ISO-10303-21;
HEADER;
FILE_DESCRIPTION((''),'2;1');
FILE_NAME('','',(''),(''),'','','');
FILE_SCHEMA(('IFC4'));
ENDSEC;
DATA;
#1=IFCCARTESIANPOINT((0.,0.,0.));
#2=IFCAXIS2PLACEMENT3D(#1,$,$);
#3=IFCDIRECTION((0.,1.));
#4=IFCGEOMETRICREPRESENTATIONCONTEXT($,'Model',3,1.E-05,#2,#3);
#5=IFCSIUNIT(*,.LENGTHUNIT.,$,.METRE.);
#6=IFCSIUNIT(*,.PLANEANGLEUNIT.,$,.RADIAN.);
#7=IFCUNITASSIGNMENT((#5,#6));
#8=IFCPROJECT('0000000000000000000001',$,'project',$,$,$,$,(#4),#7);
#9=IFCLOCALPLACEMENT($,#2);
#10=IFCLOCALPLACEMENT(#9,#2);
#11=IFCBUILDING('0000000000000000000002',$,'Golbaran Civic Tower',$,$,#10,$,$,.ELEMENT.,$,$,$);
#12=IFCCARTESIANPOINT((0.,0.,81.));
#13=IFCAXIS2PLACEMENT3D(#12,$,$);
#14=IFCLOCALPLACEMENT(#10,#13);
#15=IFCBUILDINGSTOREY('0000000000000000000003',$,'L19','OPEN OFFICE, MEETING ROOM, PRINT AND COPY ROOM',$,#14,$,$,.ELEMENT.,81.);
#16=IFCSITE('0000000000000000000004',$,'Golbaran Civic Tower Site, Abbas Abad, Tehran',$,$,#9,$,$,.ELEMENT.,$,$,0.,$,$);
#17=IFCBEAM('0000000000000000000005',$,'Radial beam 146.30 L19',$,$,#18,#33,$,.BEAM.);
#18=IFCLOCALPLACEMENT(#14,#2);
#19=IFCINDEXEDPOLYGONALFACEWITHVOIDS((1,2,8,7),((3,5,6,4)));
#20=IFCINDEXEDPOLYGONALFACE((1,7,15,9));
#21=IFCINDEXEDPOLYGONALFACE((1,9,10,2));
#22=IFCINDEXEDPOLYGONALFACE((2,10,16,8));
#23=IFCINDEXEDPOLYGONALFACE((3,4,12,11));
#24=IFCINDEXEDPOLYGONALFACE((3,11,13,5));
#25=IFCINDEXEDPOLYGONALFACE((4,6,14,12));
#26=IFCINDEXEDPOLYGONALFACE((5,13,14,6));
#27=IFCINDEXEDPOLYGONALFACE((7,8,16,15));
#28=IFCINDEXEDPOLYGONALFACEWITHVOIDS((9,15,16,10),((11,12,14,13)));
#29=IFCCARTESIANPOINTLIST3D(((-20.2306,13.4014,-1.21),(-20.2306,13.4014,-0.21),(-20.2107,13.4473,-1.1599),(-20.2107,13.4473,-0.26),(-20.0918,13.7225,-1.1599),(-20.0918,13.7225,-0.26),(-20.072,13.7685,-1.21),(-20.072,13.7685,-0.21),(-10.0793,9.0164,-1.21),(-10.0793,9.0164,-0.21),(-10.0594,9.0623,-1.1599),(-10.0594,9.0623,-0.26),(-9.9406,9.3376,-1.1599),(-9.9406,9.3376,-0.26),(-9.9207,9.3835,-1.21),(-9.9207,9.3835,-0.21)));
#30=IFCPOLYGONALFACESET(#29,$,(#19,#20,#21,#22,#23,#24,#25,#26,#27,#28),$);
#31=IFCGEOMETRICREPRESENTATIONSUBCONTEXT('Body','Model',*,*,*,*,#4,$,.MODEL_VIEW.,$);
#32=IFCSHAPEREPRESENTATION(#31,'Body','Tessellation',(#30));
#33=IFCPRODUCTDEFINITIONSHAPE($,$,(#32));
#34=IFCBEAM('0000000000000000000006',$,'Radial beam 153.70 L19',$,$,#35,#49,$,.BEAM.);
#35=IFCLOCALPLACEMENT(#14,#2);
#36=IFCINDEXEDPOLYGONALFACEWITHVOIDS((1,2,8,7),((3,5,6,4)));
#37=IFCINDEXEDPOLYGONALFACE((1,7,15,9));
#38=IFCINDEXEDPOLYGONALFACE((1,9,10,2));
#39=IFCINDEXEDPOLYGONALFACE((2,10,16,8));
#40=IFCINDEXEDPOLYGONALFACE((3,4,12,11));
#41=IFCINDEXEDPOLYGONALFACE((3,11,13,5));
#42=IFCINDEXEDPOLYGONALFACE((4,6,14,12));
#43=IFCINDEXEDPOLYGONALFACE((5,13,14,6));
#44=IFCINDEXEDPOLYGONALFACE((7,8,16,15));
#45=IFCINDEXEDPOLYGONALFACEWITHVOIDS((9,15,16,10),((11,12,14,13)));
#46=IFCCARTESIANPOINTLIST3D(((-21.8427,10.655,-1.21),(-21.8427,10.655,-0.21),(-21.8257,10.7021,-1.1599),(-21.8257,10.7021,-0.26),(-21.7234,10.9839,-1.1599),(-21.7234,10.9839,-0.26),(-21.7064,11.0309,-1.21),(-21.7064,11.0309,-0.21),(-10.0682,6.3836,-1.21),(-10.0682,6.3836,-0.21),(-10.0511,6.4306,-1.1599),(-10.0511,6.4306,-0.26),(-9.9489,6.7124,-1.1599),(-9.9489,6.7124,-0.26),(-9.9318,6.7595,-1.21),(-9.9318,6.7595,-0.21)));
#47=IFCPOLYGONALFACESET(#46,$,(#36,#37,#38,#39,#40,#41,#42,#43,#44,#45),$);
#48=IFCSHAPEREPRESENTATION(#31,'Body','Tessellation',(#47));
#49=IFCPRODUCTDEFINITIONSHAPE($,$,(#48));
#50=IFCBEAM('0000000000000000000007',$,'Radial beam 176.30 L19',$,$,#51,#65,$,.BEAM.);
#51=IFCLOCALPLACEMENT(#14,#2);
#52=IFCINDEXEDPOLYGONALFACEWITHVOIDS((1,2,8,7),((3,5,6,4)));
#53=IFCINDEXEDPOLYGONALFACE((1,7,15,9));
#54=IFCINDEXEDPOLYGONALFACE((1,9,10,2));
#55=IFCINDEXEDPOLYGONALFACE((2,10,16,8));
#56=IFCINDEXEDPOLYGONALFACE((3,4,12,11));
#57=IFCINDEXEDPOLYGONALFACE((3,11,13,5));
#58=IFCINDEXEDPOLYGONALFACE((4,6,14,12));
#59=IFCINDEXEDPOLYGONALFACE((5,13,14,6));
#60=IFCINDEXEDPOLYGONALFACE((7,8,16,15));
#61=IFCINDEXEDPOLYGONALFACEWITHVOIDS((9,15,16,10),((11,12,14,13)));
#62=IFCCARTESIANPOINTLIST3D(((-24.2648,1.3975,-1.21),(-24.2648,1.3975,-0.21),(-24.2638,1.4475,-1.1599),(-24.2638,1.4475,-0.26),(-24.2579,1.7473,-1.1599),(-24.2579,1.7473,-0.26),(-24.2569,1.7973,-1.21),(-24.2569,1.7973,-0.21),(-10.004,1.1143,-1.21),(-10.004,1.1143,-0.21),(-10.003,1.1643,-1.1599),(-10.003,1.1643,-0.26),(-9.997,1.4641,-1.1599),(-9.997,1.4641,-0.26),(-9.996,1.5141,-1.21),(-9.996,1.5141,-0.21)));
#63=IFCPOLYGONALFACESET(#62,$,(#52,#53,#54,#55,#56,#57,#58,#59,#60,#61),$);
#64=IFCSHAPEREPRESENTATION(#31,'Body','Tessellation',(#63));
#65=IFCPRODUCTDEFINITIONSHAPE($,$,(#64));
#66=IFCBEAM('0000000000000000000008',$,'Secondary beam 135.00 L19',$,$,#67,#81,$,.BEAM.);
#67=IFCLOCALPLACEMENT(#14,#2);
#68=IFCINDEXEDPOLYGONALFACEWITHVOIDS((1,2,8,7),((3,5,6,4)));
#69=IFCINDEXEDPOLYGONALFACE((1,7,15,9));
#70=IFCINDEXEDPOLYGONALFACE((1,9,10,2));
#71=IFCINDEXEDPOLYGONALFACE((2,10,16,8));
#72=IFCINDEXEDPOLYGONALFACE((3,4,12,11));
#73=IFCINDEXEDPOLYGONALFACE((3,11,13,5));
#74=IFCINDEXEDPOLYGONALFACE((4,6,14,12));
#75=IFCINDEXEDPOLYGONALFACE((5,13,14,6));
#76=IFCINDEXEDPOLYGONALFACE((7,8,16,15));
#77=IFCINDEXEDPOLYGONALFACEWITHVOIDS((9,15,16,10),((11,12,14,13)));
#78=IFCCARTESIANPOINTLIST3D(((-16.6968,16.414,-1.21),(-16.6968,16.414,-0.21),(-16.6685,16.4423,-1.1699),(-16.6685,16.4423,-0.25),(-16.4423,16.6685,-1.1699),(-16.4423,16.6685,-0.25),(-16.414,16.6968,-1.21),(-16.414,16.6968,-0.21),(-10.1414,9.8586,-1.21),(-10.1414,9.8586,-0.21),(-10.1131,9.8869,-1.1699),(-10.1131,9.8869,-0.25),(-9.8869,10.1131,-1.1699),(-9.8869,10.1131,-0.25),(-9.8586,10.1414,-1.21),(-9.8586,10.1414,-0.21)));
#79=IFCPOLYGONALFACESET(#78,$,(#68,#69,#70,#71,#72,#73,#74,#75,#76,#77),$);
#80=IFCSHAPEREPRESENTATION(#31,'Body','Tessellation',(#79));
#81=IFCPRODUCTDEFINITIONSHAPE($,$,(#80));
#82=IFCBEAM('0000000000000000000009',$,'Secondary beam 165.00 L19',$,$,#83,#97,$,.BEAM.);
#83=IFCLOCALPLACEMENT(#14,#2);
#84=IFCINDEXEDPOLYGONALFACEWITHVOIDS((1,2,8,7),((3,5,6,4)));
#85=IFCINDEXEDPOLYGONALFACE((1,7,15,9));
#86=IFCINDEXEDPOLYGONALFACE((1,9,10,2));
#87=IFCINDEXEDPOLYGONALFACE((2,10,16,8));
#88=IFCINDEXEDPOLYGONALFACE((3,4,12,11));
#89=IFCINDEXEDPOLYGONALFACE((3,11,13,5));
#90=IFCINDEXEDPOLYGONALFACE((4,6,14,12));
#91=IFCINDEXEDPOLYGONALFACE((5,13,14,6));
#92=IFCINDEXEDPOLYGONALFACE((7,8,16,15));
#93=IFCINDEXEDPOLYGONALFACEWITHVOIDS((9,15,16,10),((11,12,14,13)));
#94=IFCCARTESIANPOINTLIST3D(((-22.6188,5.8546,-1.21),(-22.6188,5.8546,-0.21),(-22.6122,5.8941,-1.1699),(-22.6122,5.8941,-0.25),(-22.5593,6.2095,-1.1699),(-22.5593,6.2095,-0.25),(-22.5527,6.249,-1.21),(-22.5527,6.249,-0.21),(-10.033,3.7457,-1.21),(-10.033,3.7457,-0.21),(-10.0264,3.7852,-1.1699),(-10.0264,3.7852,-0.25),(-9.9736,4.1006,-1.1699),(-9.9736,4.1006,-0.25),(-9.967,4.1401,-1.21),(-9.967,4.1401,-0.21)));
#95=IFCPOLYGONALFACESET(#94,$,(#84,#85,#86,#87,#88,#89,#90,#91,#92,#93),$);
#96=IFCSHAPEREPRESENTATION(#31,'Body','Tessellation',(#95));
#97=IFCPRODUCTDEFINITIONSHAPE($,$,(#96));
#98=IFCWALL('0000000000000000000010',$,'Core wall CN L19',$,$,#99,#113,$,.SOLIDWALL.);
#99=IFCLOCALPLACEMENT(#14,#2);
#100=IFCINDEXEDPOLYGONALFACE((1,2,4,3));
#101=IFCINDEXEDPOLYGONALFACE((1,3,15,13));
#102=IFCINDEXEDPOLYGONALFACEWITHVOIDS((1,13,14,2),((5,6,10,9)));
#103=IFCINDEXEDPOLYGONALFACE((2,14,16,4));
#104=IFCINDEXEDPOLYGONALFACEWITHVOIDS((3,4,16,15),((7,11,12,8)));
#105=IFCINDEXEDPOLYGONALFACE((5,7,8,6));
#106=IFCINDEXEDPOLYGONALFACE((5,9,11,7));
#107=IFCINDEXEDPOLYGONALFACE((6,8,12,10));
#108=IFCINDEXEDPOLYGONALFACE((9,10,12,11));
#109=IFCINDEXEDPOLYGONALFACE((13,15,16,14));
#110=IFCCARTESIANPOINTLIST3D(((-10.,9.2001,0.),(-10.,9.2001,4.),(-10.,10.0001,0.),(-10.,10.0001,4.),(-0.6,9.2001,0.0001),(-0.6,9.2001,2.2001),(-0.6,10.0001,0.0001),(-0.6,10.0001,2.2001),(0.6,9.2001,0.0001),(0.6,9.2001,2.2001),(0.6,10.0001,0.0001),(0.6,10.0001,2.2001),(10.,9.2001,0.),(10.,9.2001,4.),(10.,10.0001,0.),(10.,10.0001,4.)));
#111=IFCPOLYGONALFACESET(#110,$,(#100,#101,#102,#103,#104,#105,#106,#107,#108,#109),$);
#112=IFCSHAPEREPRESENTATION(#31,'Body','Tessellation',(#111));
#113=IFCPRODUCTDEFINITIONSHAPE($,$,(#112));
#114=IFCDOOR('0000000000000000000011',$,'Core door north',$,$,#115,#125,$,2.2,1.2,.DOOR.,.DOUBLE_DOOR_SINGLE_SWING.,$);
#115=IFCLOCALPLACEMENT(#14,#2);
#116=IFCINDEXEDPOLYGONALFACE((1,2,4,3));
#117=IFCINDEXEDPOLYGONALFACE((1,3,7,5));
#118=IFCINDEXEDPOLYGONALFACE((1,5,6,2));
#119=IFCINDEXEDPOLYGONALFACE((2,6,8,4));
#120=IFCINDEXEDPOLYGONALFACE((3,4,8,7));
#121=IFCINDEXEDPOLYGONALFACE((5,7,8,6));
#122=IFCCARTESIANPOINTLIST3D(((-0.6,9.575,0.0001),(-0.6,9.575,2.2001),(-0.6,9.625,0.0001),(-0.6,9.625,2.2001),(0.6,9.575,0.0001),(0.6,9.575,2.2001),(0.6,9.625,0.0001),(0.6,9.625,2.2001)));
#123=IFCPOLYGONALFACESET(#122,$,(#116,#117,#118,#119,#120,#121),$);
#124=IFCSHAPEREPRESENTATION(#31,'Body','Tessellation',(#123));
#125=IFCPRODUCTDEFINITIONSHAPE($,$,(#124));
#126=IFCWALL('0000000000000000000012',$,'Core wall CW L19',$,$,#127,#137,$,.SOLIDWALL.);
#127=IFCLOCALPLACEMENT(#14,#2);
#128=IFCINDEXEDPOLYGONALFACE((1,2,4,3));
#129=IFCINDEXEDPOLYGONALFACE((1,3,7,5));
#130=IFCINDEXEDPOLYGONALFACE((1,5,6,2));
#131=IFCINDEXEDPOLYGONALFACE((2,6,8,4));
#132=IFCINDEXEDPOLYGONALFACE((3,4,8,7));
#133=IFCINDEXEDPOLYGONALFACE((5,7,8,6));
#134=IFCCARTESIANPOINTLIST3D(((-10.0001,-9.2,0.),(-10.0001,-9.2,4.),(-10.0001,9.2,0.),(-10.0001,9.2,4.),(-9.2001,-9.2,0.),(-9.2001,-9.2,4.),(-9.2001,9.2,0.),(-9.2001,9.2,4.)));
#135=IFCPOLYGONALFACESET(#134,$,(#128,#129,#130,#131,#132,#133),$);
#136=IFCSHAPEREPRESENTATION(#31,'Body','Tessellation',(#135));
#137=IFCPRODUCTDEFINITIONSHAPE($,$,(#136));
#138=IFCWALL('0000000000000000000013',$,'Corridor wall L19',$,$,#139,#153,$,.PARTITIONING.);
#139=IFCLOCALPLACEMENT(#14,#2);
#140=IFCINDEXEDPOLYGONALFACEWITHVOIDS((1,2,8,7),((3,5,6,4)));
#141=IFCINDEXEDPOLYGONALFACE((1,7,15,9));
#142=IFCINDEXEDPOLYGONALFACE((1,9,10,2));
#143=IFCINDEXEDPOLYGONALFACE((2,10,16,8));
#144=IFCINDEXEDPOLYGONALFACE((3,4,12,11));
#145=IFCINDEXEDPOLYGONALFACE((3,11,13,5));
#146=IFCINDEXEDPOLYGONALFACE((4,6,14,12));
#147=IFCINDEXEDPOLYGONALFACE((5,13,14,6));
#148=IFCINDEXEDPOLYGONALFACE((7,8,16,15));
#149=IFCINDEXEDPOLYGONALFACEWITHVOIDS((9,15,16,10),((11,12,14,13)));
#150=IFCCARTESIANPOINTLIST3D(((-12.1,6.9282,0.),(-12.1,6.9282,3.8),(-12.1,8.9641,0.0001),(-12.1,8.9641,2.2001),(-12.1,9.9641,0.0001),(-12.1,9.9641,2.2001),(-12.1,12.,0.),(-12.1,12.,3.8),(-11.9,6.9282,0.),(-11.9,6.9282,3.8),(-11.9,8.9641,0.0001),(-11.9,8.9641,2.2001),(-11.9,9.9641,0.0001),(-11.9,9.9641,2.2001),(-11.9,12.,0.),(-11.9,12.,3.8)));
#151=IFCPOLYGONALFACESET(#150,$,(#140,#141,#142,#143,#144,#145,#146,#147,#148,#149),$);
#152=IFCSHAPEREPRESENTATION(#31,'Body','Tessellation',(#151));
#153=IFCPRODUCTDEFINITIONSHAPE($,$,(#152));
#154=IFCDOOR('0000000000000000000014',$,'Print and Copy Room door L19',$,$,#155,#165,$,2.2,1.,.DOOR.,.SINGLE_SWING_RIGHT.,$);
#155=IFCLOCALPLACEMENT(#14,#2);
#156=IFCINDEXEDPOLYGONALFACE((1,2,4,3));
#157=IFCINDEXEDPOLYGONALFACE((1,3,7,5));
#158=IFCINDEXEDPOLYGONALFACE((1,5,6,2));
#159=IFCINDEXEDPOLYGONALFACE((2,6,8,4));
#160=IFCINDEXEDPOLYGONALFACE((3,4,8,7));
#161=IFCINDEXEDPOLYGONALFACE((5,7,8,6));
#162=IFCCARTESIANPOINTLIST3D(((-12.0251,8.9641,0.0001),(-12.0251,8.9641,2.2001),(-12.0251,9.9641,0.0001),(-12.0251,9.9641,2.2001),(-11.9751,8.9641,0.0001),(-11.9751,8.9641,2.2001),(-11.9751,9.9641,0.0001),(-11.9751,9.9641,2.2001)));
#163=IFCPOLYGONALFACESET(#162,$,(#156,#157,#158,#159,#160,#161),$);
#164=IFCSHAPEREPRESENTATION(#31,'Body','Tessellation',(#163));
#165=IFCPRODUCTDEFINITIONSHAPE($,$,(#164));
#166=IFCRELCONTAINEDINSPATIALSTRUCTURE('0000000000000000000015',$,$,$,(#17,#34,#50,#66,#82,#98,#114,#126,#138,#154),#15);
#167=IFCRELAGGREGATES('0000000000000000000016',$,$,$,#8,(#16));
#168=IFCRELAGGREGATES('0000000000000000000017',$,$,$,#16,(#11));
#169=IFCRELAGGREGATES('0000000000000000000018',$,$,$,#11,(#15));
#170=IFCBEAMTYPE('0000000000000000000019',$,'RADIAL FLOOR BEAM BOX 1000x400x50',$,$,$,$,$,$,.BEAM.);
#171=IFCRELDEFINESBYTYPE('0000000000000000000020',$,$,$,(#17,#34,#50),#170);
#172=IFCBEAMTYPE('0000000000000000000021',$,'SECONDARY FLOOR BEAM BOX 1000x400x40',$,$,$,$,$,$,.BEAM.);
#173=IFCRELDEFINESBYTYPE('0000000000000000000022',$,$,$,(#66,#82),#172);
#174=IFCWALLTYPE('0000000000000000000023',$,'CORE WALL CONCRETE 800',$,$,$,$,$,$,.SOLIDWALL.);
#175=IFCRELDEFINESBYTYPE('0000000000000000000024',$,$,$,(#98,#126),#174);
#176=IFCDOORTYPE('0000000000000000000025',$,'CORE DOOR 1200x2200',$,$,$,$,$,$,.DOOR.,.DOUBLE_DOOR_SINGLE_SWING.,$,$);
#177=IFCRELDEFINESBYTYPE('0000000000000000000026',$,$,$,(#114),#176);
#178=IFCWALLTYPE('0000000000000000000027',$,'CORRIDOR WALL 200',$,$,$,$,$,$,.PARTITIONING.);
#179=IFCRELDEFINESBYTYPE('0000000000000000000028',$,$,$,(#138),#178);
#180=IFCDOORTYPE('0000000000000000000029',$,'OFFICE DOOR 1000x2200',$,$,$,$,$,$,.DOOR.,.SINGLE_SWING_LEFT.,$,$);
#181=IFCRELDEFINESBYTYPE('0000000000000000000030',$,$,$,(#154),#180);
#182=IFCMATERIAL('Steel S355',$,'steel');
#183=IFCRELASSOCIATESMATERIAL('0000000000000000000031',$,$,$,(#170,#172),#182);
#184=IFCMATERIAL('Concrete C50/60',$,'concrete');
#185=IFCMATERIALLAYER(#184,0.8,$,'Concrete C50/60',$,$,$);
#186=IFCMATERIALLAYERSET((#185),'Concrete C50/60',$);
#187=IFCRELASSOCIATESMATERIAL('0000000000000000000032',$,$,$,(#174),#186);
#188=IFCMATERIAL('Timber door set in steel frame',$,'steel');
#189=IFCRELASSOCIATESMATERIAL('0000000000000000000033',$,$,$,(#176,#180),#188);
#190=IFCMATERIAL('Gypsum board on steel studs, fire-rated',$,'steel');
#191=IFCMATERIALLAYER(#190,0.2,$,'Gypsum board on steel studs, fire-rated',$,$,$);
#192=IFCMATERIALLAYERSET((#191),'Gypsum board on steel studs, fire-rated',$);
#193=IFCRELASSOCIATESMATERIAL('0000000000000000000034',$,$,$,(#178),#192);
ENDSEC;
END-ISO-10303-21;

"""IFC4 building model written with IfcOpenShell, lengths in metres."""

from ifc_helpers import new_model, si_unit, direction, frame, frame_2d, origin, origin_2d, place, context, subcontext, project, spatial, rectangle, hollow_rectangle, extrude, material, layer, layer_set, material_profile, profile_set, type_object, element, fill, save


model = new_model("IFC4")

# Units and contexts
model_context = context("Model", 3, precision=1e-05, world=origin(), true_north=direction((0.0, 1.0)))
body_context = subcontext(model_context, "Body", "Model", "MODEL_VIEW")
ifc_project = project(units=[si_unit("LENGTHUNIT", "METRE"), si_unit("PLANEANGLEUNIT", "RADIAN")], contexts=[model_context])

# Site, building, storey
site_placement = place(None, origin())
site = spatial("IfcSite", under=ifc_project, at=site_placement, Name="Golbaran Civic Tower Site, Abbas Abad, Tehran", CompositionType="ELEMENT", RefElevation=0.0)
building_placement = place(site_placement, origin())
building = spatial("IfcBuilding", under=site, at=building_placement, Name="Golbaran Civic Tower", CompositionType="ELEMENT")
storey_placement = place(building_placement, frame((0.0, 0.0, 81.0)))
storey = spatial("IfcBuildingStorey", under=building, at=storey_placement, Name="L19", Description="OPEN OFFICE, MEETING ROOM, PRINT AND COPY ROOM", CompositionType="ELEMENT", Elevation=81.0)

# Beams
ifc_material_1 = material(Name="Steel S355", Category="steel")
ifc_material_profile_1 = material_profile(ifc_material_1, hollow_rectangle(XDim=0.3999, YDim=1.0, WallThickness=0.05, at=origin_2d()), Name="BOX 1000x400x50")
ifc_profile_set_1 = profile_set([ifc_material_profile_1], Name="Steel S355")
beam_type_1 = type_object("IfcBeamType", Name="RADIAL FLOOR BEAM BOX 1000x400x50", PredefinedType="BEAM", material=ifc_profile_set_1)
beam_1_placement = place(storey_placement, frame((-10.0, 9.2, -0.71), z_axis=(-0.918014, 0.396548, 0.0), x_axis=(-0.396548, -0.918014, 0.0)))
element("IfcBeam", 1, at=beam_1_placement, inside=storey, type_object=beam_type_1, Name="Radial beam 146.30 L19", PredefinedType="BEAM", context=body_context, shape_type="SweptSolid", body=[
    extrude(hollow_rectangle(XDim=0.3999, YDim=1.0, WallThickness=0.05, at=origin_2d()), origin(), (0.0, 0.0, 1.0), 11.0579),
])
beam_2_placement = place(storey_placement, frame((-10.0, 6.5715, -0.71), z_axis=(-0.940055, 0.341023, 0.0), x_axis=(-0.341023, -0.940055, 0.0)))
element("IfcBeam", 2, at=beam_2_placement, inside=storey, type_object=beam_type_1, Name="Radial beam 153.70 L19", PredefinedType="BEAM", context=body_context, shape_type="SweptSolid", body=[
    extrude(hollow_rectangle(XDim=0.3999, YDim=1.0, WallThickness=0.05, at=origin_2d()), origin(), (0.0, 0.0, 1.0), 12.5254),
])
beam_3_placement = place(storey_placement, frame((-10.0, 1.3142, -0.71), z_axis=(-0.999803, 0.019855, 0.0), x_axis=(-0.019855, -0.999803, 0.0)))
element("IfcBeam", 3, at=beam_3_placement, inside=storey, type_object=beam_type_1, Name="Radial beam 176.30 L19", PredefinedType="BEAM", context=body_context, shape_type="SweptSolid", body=[
    extrude(hollow_rectangle(XDim=0.3999, YDim=1.0, WallThickness=0.05, at=origin_2d()), origin(), (0.0, 0.0, 1.0), 14.2637),
])
ifc_material_profile_2 = material_profile(ifc_material_1, hollow_rectangle(XDim=0.3999, YDim=1.0, WallThickness=0.04, at=origin_2d()), Name="BOX 1000x400x40")
ifc_profile_set_2 = profile_set([ifc_material_profile_2], Name="Steel S355")
beam_type_2 = type_object("IfcBeamType", Name="SECONDARY FLOOR BEAM BOX 1000x400x40", PredefinedType="BEAM", material=ifc_profile_set_2)
beam_4_placement = place(storey_placement, frame((-10.0, 10.0, -0.71), z_axis=(-0.707107, 0.707107, 0.0), x_axis=(-0.707107, -0.707107, 0.0)))
element("IfcBeam", 4, at=beam_4_placement, inside=storey, type_object=beam_type_2, Name="Secondary beam 135.00 L19", PredefinedType="BEAM", context=body_context, shape_type="SweptSolid", body=[
    extrude(hollow_rectangle(XDim=0.3999, YDim=1.0, WallThickness=0.04, at=origin_2d()), origin(), (0.0, 0.0, 1.0), 9.2708),
])
beam_5_placement = place(storey_placement, frame((-10.0, 3.9429, -0.71), z_axis=(-0.98625, 0.165258, 0.0), x_axis=(-0.165258, -0.98625, 0.0)))
element("IfcBeam", 5, at=beam_5_placement, inside=storey, type_object=beam_type_2, Name="Secondary beam 165.00 L19", PredefinedType="BEAM", context=body_context, shape_type="SweptSolid", body=[
    extrude(hollow_rectangle(XDim=0.3999, YDim=1.0, WallThickness=0.04, at=origin_2d()), origin(), (0.0, 0.0, 1.0), 12.7612),
])

# Wall, opening, door
ifc_material_2 = material(Name="Concrete C50/60", Category="concrete")
ifc_layer_1 = layer(ifc_material_2, 0.8, Name="Concrete C50/60")
ifc_layer_set_1 = layer_set([ifc_layer_1], Name="Concrete C50/60")
wall_type_1 = type_object("IfcWallType", Name="CORE WALL CONCRETE 800", PredefinedType="SOLIDWALL", material=ifc_layer_set_1)
wall_1_placement = place(storey_placement, frame((-10.0, 9.6001, 0.0), z_axis=(0.0, 0.0, 1.0), x_axis=(1.0, 0.0, 0.0)))
wall_1 = element("IfcWall", 6, at=wall_1_placement, inside=storey, type_object=wall_type_1, Name="Core wall CN L19", PredefinedType="SOLIDWALL", context=body_context, shape_type="SweptSolid", body=[
    extrude(rectangle(XDim=20.0, YDim=0.8, at=frame_2d((10.0, 0.0))), origin(), (0.0, 0.0, 1.0), 4.0),
])
opening_1_placement = place(wall_1_placement, frame((9.3999, 0.0, 0.0)))
opening_1 = element("IfcOpeningElement", 7, at=opening_1_placement, cuts=wall_1, PredefinedType="OPENING", context=body_context, shape_type="SweptSolid", body=[
    extrude(rectangle(XDim=1.2, YDim=2.2, at=frame_2d((0.6001, 1.1001))), frame((0.0, 0.4099, 0.0), z_axis=(0.0, -1.0, 0.0), x_axis=(1.0, 0.0, 0.0)), (0.0, 0.0, 1.0), 0.8201),
])
ifc_material_3 = material(Name="Timber door set in steel frame", Category="steel")
door_type_1 = type_object("IfcDoorType", Name="CORE DOOR 1200x2200", OperationType="DOUBLE_DOOR_SINGLE_SWING", PredefinedType="DOOR", material=ifc_material_3)
door_1_placement = place(opening_1_placement, origin())
door_1 = element("IfcDoor", 8, at=door_1_placement, inside=storey, type_object=door_type_1, Name="Core door north", OperationType="DOUBLE_DOOR_SINGLE_SWING", OverallHeight=2.2, OverallWidth=1.2, PredefinedType="DOOR", context=body_context, shape_type="SweptSolid", body=[
    extrude(rectangle(XDim=1.2, YDim=2.2, at=frame_2d((0.6001, 1.1001))), frame((0.0, 0.0249, 0.0), z_axis=(0.0, -1.0, 0.0), x_axis=(1.0, 0.0, 0.0)), (0.0, 0.0, 1.0), 0.05),
])
fill(opening_1, door_1)

# Wall
wall_2_placement = place(storey_placement, frame((-9.6001, 9.2, 0.0), z_axis=(0.0, 0.0, 1.0), x_axis=(0.0, -1.0, 0.0)))
element("IfcWall", 9, at=wall_2_placement, inside=storey, type_object=wall_type_1, Name="Core wall CW L19", PredefinedType="SOLIDWALL", context=body_context, shape_type="SweptSolid", body=[
    extrude(rectangle(XDim=18.3999, YDim=0.8, at=frame_2d((9.2, 0.0))), origin(), (0.0, 0.0, 1.0), 4.0),
])

# Wall, opening, door
ifc_material_4 = material(Name="Gypsum board on steel studs, fire-rated", Category="steel")
ifc_layer_2 = layer(ifc_material_4, 0.2, Name="Gypsum board on steel studs, fire-rated")
ifc_layer_set_2 = layer_set([ifc_layer_2], Name="Gypsum board on steel studs, fire-rated")
wall_type_2 = type_object("IfcWallType", Name="CORRIDOR WALL 200", PredefinedType="PARTITIONING", material=ifc_layer_set_2)
wall_3_placement = place(storey_placement, frame((-12.0, 12.0, 0.0), z_axis=(0.0, 0.0, 1.0), x_axis=(0.0, -1.0, 0.0)))
wall_3 = element("IfcWall", 10, at=wall_3_placement, inside=storey, type_object=wall_type_2, Name="Corridor wall L19", PredefinedType="PARTITIONING", context=body_context, shape_type="SweptSolid", body=[
    extrude(rectangle(XDim=5.0718, YDim=0.2, at=frame_2d((2.5359, 0.0))), origin(), (0.0, 0.0, 1.0), 3.8),
])
opening_2_placement = place(wall_3_placement, frame((2.0359, 0.0, 0.0)))
opening_2 = element("IfcOpeningElement", 11, at=opening_2_placement, cuts=wall_3, PredefinedType="OPENING", context=body_context, shape_type="SweptSolid", body=[
    extrude(rectangle(XDim=1.0, YDim=2.2, at=frame_2d((0.5, 1.1001))), frame((0.0, 0.1099, 0.0), z_axis=(0.0, -1.0, 0.0), x_axis=(1.0, 0.0, 0.0)), (0.0, 0.0, 1.0), 0.22),
])
door_type_2 = type_object("IfcDoorType", Name="OFFICE DOOR 1000x2200", OperationType="SINGLE_SWING_LEFT", PredefinedType="DOOR", material=ifc_material_3)
door_2_placement = place(opening_2_placement, origin())
door_2 = element("IfcDoor", 12, at=door_2_placement, inside=storey, type_object=door_type_2, Name="Print and Copy Room door L19", OperationType="SINGLE_SWING_RIGHT", OverallHeight=2.2, OverallWidth=1.0, PredefinedType="DOOR", context=body_context, shape_type="SweptSolid", body=[
    extrude(rectangle(XDim=1.0, YDim=2.2, at=frame_2d((0.5, 1.1001))), frame((0.0, 0.0249, 0.0), z_axis=(0.0, -1.0, 0.0), x_axis=(1.0, 0.0, 0.0)), (0.0, 0.0, 1.0), 0.05),
])
fill(opening_2, door_2)

save(model, "model.ifc")
